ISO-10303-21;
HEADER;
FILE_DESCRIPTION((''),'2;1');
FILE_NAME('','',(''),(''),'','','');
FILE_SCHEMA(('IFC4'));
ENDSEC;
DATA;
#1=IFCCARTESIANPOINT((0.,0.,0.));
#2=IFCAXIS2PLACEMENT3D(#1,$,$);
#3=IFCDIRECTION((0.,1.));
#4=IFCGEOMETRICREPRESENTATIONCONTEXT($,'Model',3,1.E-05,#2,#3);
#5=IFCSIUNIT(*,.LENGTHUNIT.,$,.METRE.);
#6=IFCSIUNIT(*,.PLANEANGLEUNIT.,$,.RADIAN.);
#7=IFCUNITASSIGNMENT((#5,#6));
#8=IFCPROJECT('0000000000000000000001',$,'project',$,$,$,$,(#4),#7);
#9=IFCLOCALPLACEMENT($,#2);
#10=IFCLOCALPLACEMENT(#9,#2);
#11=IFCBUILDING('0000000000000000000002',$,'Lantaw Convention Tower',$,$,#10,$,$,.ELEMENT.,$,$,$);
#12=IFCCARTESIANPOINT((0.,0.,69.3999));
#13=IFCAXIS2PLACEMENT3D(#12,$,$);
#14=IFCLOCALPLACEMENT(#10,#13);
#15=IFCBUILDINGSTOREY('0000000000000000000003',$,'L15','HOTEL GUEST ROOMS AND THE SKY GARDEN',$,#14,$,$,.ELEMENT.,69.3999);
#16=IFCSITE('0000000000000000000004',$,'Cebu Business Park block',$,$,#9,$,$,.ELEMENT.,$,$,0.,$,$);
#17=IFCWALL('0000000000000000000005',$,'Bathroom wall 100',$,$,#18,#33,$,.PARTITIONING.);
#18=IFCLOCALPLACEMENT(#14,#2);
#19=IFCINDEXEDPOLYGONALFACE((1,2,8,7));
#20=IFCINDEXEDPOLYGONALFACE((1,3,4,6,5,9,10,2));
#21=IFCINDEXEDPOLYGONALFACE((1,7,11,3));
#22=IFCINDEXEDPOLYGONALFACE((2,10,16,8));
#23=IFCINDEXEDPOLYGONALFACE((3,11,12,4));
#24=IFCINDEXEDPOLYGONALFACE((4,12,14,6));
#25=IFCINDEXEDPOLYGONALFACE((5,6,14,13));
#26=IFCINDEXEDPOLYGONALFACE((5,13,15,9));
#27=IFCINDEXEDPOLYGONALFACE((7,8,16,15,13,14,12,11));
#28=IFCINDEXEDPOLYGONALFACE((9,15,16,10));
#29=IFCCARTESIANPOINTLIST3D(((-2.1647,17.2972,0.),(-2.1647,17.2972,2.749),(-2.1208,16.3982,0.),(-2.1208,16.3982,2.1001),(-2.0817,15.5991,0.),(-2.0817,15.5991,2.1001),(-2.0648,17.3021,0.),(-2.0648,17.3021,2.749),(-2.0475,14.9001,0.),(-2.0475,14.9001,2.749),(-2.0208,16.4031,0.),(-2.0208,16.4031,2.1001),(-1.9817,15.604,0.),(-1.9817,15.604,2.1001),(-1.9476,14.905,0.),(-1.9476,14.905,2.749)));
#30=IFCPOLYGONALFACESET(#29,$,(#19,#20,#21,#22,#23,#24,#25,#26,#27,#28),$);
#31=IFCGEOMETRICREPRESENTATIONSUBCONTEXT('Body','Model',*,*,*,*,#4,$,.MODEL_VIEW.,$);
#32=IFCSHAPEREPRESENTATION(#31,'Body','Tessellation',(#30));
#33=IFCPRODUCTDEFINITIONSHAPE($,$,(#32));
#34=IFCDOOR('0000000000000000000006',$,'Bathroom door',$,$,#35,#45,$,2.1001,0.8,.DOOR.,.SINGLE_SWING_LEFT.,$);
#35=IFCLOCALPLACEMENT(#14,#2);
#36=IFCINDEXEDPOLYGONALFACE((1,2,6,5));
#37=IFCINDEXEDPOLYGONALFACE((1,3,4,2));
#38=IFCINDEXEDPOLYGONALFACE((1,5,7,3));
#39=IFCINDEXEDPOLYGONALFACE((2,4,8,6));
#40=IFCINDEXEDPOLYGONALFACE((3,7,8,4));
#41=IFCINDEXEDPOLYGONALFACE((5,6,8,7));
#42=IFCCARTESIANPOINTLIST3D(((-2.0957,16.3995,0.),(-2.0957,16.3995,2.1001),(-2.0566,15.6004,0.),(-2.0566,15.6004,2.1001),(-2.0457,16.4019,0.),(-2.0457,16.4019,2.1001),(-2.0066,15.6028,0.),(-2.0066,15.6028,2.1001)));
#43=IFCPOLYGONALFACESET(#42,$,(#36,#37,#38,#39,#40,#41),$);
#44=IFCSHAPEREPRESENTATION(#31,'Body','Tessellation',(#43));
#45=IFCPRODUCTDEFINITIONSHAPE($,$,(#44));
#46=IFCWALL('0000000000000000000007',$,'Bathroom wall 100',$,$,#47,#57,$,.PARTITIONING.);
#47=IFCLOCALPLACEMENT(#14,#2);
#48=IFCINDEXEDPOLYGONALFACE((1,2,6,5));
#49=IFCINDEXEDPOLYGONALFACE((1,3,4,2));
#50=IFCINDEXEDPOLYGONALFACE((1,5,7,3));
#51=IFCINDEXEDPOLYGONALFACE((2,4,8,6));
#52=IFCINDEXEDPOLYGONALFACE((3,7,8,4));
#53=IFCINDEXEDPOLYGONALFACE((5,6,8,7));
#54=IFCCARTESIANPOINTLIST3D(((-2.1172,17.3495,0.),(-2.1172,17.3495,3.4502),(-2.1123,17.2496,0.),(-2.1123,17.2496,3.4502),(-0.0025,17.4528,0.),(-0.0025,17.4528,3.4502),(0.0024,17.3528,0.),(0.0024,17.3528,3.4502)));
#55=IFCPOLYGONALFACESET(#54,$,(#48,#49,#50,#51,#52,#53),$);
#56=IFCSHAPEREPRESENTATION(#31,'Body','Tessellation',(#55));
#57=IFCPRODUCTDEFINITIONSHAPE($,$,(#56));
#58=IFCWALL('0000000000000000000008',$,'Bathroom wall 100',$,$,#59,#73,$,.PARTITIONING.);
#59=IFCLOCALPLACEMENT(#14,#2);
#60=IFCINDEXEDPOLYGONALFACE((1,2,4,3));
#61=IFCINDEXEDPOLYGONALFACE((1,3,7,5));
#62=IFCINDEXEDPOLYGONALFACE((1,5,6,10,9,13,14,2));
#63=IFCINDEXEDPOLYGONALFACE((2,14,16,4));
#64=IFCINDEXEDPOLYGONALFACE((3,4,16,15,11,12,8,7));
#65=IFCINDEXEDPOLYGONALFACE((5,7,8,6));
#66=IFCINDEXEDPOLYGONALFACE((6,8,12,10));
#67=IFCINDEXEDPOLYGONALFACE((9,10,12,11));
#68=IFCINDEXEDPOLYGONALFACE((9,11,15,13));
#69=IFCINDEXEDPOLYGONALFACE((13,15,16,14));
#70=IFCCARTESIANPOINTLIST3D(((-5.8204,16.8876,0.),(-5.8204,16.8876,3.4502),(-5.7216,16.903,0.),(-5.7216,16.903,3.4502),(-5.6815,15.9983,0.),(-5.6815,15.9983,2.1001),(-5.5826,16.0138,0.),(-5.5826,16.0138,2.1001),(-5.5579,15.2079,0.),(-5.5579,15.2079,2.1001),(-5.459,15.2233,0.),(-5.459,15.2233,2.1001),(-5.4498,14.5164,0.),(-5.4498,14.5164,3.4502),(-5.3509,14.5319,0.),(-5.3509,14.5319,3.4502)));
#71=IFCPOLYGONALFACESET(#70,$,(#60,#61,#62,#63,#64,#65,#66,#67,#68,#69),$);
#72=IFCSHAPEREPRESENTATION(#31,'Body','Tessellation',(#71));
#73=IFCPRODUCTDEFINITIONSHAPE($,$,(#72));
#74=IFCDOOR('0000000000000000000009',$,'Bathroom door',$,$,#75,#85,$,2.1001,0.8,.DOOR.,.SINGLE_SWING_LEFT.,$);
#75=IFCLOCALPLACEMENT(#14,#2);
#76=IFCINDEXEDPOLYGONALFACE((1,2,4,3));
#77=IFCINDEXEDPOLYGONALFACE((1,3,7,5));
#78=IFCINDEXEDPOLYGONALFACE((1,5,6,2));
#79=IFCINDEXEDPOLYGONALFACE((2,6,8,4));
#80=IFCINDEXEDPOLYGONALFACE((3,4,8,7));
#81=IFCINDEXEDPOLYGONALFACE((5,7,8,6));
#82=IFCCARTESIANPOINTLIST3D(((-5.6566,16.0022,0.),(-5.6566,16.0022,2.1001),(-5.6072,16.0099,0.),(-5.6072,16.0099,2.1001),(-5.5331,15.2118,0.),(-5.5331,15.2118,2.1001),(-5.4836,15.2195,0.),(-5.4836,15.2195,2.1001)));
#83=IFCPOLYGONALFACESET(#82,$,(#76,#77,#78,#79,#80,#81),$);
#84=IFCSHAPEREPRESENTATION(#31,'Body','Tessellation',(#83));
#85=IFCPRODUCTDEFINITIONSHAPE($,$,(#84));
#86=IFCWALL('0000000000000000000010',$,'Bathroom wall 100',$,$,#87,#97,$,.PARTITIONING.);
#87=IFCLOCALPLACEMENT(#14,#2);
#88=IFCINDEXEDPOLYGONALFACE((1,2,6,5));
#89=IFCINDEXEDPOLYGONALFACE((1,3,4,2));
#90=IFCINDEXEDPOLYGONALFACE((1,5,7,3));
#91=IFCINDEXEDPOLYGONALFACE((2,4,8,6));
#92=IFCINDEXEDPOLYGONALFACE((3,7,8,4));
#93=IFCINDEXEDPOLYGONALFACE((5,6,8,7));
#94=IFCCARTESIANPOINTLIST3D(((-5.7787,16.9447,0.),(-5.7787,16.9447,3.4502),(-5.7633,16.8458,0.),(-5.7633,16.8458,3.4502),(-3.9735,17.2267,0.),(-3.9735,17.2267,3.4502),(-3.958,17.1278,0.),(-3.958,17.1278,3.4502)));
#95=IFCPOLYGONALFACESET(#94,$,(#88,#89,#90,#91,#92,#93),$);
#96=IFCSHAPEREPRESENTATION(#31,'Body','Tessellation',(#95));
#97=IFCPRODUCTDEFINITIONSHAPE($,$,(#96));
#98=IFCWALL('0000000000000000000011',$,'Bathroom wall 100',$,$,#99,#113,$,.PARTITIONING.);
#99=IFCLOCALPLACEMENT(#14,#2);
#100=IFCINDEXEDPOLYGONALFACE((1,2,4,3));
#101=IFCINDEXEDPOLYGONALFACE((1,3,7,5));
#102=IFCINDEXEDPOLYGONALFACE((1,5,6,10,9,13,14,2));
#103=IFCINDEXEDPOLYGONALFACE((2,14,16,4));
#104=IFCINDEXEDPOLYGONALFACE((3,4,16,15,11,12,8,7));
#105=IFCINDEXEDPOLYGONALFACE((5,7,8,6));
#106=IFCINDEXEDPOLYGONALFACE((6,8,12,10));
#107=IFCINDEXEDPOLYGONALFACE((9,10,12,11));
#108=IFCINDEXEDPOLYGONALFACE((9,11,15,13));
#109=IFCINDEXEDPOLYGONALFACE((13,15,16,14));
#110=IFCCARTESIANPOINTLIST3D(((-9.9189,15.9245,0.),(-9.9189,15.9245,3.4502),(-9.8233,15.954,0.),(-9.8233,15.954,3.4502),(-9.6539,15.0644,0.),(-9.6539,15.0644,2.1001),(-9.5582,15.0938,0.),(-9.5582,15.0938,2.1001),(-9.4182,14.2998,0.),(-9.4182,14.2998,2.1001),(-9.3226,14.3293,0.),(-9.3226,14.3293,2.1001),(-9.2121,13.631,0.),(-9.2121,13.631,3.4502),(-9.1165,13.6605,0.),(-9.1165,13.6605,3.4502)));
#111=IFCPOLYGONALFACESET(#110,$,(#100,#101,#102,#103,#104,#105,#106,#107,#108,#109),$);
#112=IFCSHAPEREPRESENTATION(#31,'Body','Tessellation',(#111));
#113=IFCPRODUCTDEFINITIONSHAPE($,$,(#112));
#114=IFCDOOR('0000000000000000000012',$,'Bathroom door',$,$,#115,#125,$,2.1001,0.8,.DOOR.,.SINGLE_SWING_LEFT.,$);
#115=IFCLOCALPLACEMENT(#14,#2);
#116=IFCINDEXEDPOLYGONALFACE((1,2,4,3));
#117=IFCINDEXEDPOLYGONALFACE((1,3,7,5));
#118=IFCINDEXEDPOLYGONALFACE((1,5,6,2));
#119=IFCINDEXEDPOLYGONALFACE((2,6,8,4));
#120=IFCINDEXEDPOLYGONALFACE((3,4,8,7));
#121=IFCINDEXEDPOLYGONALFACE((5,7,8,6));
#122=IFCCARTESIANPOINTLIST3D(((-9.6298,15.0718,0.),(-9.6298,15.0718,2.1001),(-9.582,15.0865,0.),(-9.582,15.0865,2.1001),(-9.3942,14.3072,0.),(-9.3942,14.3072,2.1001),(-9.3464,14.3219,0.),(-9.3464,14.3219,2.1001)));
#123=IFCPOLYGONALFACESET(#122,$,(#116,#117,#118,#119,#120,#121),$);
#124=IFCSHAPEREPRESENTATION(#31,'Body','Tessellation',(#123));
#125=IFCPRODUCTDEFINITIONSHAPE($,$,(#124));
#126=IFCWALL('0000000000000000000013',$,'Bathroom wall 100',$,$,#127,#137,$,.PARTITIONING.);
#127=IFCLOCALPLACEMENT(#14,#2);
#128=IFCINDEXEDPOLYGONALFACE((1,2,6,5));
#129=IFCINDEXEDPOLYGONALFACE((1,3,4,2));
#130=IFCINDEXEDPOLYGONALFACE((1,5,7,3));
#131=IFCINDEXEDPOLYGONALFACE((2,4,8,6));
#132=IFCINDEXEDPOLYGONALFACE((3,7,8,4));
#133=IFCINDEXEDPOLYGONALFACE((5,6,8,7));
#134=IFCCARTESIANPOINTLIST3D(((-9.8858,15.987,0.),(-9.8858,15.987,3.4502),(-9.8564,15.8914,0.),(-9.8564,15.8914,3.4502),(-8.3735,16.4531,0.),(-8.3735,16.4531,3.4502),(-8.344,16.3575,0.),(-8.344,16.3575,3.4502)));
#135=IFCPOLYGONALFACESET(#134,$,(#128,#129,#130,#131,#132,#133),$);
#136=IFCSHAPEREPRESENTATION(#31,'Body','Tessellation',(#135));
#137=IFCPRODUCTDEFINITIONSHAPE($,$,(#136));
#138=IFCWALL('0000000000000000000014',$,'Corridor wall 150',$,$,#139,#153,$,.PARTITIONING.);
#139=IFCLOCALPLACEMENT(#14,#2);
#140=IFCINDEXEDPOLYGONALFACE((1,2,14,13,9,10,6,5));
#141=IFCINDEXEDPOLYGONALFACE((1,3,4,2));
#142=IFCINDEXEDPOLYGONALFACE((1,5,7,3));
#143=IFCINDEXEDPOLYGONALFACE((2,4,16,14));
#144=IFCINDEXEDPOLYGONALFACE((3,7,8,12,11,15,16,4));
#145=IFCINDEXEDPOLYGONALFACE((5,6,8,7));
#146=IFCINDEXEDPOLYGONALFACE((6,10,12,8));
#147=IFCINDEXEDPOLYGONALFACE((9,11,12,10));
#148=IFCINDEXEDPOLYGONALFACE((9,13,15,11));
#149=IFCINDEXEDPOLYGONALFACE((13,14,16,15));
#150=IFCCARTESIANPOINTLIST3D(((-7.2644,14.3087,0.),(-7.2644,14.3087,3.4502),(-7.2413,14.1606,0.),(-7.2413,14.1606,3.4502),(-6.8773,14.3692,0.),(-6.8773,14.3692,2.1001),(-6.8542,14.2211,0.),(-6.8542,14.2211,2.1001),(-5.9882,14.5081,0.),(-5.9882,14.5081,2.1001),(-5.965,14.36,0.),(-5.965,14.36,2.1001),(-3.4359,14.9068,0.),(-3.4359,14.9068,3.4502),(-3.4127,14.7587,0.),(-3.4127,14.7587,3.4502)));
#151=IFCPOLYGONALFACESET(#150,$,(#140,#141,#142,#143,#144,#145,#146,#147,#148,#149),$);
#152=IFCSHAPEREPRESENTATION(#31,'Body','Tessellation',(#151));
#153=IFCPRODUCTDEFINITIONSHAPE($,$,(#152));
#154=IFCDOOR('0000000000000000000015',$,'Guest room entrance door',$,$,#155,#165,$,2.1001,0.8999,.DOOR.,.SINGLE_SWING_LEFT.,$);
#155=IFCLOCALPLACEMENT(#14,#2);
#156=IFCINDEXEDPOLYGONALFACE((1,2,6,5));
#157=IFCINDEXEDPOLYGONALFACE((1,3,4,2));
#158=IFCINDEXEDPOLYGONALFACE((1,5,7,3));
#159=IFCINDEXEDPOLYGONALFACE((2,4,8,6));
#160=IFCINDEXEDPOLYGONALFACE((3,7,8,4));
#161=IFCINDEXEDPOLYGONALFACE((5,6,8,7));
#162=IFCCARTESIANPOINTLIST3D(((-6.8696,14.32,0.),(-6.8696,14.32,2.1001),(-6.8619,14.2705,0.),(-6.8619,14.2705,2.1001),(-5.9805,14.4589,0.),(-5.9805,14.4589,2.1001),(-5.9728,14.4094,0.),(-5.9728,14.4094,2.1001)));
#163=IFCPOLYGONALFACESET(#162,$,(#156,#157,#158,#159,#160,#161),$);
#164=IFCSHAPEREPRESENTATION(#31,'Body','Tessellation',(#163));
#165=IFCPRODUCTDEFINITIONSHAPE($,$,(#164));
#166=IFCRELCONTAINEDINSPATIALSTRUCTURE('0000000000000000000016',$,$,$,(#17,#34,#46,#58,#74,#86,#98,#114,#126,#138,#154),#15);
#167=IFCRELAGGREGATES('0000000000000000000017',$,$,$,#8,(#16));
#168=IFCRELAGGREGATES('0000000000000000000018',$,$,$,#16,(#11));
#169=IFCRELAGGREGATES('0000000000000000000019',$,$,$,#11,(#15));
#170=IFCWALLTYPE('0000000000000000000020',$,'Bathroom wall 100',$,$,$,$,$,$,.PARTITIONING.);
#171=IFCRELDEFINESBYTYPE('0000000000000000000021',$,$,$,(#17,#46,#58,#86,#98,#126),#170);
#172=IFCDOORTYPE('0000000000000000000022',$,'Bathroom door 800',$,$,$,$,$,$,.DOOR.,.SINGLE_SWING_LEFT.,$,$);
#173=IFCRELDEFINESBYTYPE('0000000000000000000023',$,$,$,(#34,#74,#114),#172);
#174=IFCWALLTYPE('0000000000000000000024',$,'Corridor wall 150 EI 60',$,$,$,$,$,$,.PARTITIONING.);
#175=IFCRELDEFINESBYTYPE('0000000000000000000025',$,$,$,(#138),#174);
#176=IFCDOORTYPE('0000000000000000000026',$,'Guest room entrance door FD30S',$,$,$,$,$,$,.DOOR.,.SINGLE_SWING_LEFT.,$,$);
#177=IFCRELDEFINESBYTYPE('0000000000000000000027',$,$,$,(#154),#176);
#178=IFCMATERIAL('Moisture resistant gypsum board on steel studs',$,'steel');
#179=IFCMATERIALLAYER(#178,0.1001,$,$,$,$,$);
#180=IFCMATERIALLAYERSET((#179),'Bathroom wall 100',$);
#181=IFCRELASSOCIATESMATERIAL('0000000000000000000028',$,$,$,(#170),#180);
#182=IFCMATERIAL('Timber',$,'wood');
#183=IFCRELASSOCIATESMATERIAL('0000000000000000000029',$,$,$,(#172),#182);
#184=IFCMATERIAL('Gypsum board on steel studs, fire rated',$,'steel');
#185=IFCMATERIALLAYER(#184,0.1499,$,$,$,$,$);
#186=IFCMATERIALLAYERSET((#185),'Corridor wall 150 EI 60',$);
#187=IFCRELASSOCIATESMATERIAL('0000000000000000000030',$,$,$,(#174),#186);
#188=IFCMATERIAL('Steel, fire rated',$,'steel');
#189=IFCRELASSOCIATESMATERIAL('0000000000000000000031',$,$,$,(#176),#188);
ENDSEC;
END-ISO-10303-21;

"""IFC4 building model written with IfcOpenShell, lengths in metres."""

from ifc_helpers import new_model, si_unit, direction, frame, frame_2d, origin, place, context, subcontext, project, spatial, rectangle, extrude, material, layer, layer_set, type_object, element, fill, save


model = new_model("IFC4")

# Units and contexts
model_context = context("Model", 3, precision=1e-05, world=origin(), true_north=direction((0.0, 1.0)))
body_context = subcontext(model_context, "Body", "Model", "MODEL_VIEW")
ifc_project = project(units=[si_unit("LENGTHUNIT", "METRE"), si_unit("PLANEANGLEUNIT", "RADIAN")], contexts=[model_context])

# Site, building, storey
site_placement = place(None, origin())
site = spatial("IfcSite", under=ifc_project, at=site_placement, Name="Cebu Business Park block", CompositionType="ELEMENT", RefElevation=0.0)
building_placement = place(site_placement, origin())
building = spatial("IfcBuilding", under=site, at=building_placement, Name="Lantaw Convention Tower", CompositionType="ELEMENT")
storey_placement = place(building_placement, frame((0.0, 0.0, 69.3999)))
storey = spatial("IfcBuildingStorey", under=building, at=storey_placement, Name="L15", Description="HOTEL GUEST ROOMS AND THE SKY GARDEN", CompositionType="ELEMENT", Elevation=69.3999)

# Wall, opening, door
ifc_material_1 = material(Name="Moisture resistant gypsum board on steel studs", Category="steel")
ifc_layer_1 = layer(ifc_material_1, 0.1001)
ifc_layer_set_1 = layer_set([ifc_layer_1], Name="Bathroom wall 100")
wall_type_1 = type_object("IfcWallType", Name="Bathroom wall 100", PredefinedType="PARTITIONING", material=ifc_layer_set_1)
wall_1_placement = place(storey_placement, frame((-1.9976, 14.9026, 0.0), z_axis=(0.0, 0.0, 1.0), x_axis=(-0.048831, 0.998807, 0.0)))
wall_1 = element("IfcWall", 1, at=wall_1_placement, inside=storey, type_object=wall_type_1, Name="Bathroom wall 100", PredefinedType="PARTITIONING", context=body_context, shape_type="SweptSolid", body=[
    extrude(rectangle(XDim=2.3999, YDim=0.1001, at=frame_2d((1.2, 0.0))), origin(), (0.0, 0.0, 1.0), 2.749),
])
opening_1_placement = place(wall_1_placement, frame((0.7, 0.0, 0.0)))
opening_1 = element("IfcOpeningElement", 2, at=opening_1_placement, cuts=wall_1, PredefinedType="OPENING", context=body_context, shape_type="SweptSolid", body=[
    extrude(rectangle(XDim=0.8, YDim=2.1001, at=frame_2d((0.3999, 1.05))), frame((0.0, 0.0601, 0.0), z_axis=(0.0, -1.0, 0.0), x_axis=(1.0, 0.0, 0.0)), (0.0, 0.0, 1.0), 0.1201),
])
ifc_material_2 = material(Name="Timber", Category="wood")
door_type_1 = type_object("IfcDoorType", Name="Bathroom door 800", OperationType="SINGLE_SWING_LEFT", PredefinedType="DOOR", material=ifc_material_2)
door_1_placement = place(opening_1_placement, origin())
door_1 = element("IfcDoor", 3, at=door_1_placement, inside=storey, type_object=door_type_1, Name="Bathroom door", OperationType="SINGLE_SWING_LEFT", OverallHeight=2.1001, OverallWidth=0.8, PredefinedType="DOOR", context=body_context, shape_type="SweptSolid", body=[
    extrude(rectangle(XDim=0.8, YDim=2.1001, at=frame_2d((0.3999, 1.05))), frame((0.0, 0.0249, 0.0), z_axis=(0.0, -1.0, 0.0), x_axis=(1.0, 0.0, 0.0)), (0.0, 0.0, 1.0), 0.05),
])
fill(opening_1, door_1)

# Wall
wall_2_placement = place(storey_placement, frame((-2.1147, 17.2996, 0.0), z_axis=(0.0, 0.0, 1.0), x_axis=(0.99881, 0.048776, 0.0)))
element("IfcWall", 4, at=wall_2_placement, inside=storey, type_object=wall_type_1, Name="Bathroom wall 100", PredefinedType="PARTITIONING", context=body_context, shape_type="SweptSolid", body=[
    extrude(rectangle(XDim=2.1172, YDim=0.1001, at=frame_2d((1.0586, 0.0))), origin(), (0.0, 0.0, 1.0), 3.4502),
])

# Wall, opening, door
wall_3_placement = place(storey_placement, frame((-5.4004, 14.5242, 0.0), z_axis=(0.0, 0.0, 1.0), x_axis=(-0.154427, 0.988004, 0.0)))
wall_3 = element("IfcWall", 5, at=wall_3_placement, inside=storey, type_object=wall_type_1, Name="Bathroom wall 100", PredefinedType="PARTITIONING", context=body_context, shape_type="SweptSolid", body=[
    extrude(rectangle(XDim=2.3999, YDim=0.1001, at=frame_2d((1.2, 0.0))), origin(), (0.0, 0.0, 1.0), 3.4502),
])
opening_2_placement = place(wall_3_placement, frame((0.7, 0.0, 0.0)))
opening_2 = element("IfcOpeningElement", 6, at=opening_2_placement, cuts=wall_3, PredefinedType="OPENING", context=body_context, shape_type="SweptSolid", body=[
    extrude(rectangle(XDim=0.8, YDim=2.1001, at=frame_2d((0.3999, 1.05))), frame((0.0, 0.0601, 0.0), z_axis=(0.0, -1.0, 0.0), x_axis=(1.0, 0.0, 0.0)), (0.0, 0.0, 1.0), 0.1201),
])
door_2_placement = place(opening_2_placement, origin())
door_2 = element("IfcDoor", 7, at=door_2_placement, inside=storey, type_object=door_type_1, Name="Bathroom door", OperationType="SINGLE_SWING_LEFT", OverallHeight=2.1001, OverallWidth=0.8, PredefinedType="DOOR", context=body_context, shape_type="SweptSolid", body=[
    extrude(rectangle(XDim=0.8, YDim=2.1001, at=frame_2d((0.3999, 1.05))), frame((0.0, 0.0249, 0.0), z_axis=(0.0, -1.0, 0.0), x_axis=(1.0, 0.0, 0.0)), (0.0, 0.0, 1.0), 0.05),
])
fill(opening_2, door_2)

# Wall
wall_4_placement = place(storey_placement, frame((-5.771, 16.8953, 0.0), z_axis=(0.0, 0.0, 1.0), x_axis=(0.988018, 0.154336, 0.0)))
element("IfcWall", 8, at=wall_4_placement, inside=storey, type_object=wall_type_1, Name="Bathroom wall 100", PredefinedType="PARTITIONING", context=body_context, shape_type="SweptSolid", body=[
    extrude(rectangle(XDim=1.8271, YDim=0.1001, at=frame_2d((0.9136, 0.0))), origin(), (0.0, 0.0, 1.0), 3.4502),
])

# Wall, opening, door
wall_5_placement = place(storey_placement, frame((-9.1643, 13.6458, 0.0), z_axis=(0.0, 0.0, 1.0), x_axis=(-0.294508, 0.955649, 0.0)))
wall_5 = element("IfcWall", 9, at=wall_5_placement, inside=storey, type_object=wall_type_1, Name="Bathroom wall 100", PredefinedType="PARTITIONING", context=body_context, shape_type="SweptSolid", body=[
    extrude(rectangle(XDim=2.3999, YDim=0.1001, at=frame_2d((1.2, 0.0))), origin(), (0.0, 0.0, 1.0), 3.4502),
])
opening_3_placement = place(wall_5_placement, frame((0.7, 0.0, 0.0)))
opening_3 = element("IfcOpeningElement", 10, at=opening_3_placement, cuts=wall_5, PredefinedType="OPENING", context=body_context, shape_type="SweptSolid", body=[
    extrude(rectangle(XDim=0.8, YDim=2.1001, at=frame_2d((0.3999, 1.05))), frame((0.0, 0.0601, 0.0), z_axis=(0.0, -1.0, 0.0), x_axis=(1.0, 0.0, 0.0)), (0.0, 0.0, 1.0), 0.1201),
])
door_3_placement = place(opening_3_placement, origin())
door_3 = element("IfcDoor", 11, at=door_3_placement, inside=storey, type_object=door_type_1, Name="Bathroom door", OperationType="SINGLE_SWING_LEFT", OverallHeight=2.1001, OverallWidth=0.8, PredefinedType="DOOR", context=body_context, shape_type="SweptSolid", body=[
    extrude(rectangle(XDim=0.8, YDim=2.1001, at=frame_2d((0.3999, 1.05))), frame((0.0, 0.0249, 0.0), z_axis=(0.0, -1.0, 0.0), x_axis=(1.0, 0.0, 0.0)), (0.0, 0.0, 1.0), 0.05),
])
fill(opening_3, door_3)

# Wall
wall_6_placement = place(storey_placement, frame((-9.8711, 15.9392, 0.0), z_axis=(0.0, 0.0, 1.0), x_axis=(0.955642, 0.29453, 0.0)))
element("IfcWall", 12, at=wall_6_placement, inside=storey, type_object=wall_type_1, Name="Bathroom wall 100", PredefinedType="PARTITIONING", context=body_context, shape_type="SweptSolid", body=[
    extrude(rectangle(XDim=1.5825, YDim=0.1001, at=frame_2d((0.7913, 0.0))), origin(), (0.0, 0.0, 1.0), 3.4502),
])

# Wall, opening, door
ifc_material_3 = material(Name="Gypsum board on steel studs, fire rated", Category="steel")
ifc_layer_2 = layer(ifc_material_3, 0.1499)
ifc_layer_set_2 = layer_set([ifc_layer_2], Name="Corridor wall 150 EI 60")
wall_type_2 = type_object("IfcWallType", Name="Corridor wall 150 EI 60", PredefinedType="PARTITIONING", material=ifc_layer_set_2)
wall_7_placement = place(storey_placement, frame((-3.4243, 14.8328, 0.0), z_axis=(0.0, 0.0, 1.0), x_axis=(-0.988015, -0.154358, 0.0)))
wall_7 = element("IfcWall", 13, at=wall_7_placement, inside=storey, type_object=wall_type_2, Name="Corridor wall 150", PredefinedType="PARTITIONING", context=body_context, shape_type="SweptSolid", body=[
    extrude(rectangle(XDim=3.875, YDim=0.1499, at=frame_2d((1.9375, 0.0))), origin(), (0.0, 0.0, 1.0), 3.4502),
])
opening_4_placement = place(wall_7_placement, frame((2.5833, 0.0, 0.0)))
opening_4 = element("IfcOpeningElement", 14, at=opening_4_placement, cuts=wall_7, PredefinedType="OPENING", context=body_context, shape_type="SweptSolid", body=[
    extrude(rectangle(XDim=0.8999, YDim=2.1001, at=frame_2d((0.45, 1.05))), frame((0.0, 0.085, 0.0), z_axis=(0.0, -1.0, 0.0), x_axis=(1.0, 0.0, 0.0)), (0.0, 0.0, 1.0), 0.1699),
])
ifc_material_4 = material(Name="Steel, fire rated", Category="steel")
door_type_2 = type_object("IfcDoorType", Name="Guest room entrance door FD30S", OperationType="SINGLE_SWING_LEFT", PredefinedType="DOOR", material=ifc_material_4)
door_4_placement = place(opening_4_placement, origin())
door_4 = element("IfcDoor", 15, at=door_4_placement, inside=storey, type_object=door_type_2, Name="Guest room entrance door", OperationType="SINGLE_SWING_LEFT", OverallHeight=2.1001, OverallWidth=0.8999, PredefinedType="DOOR", context=body_context, shape_type="SweptSolid", body=[
    extrude(rectangle(XDim=0.8999, YDim=2.1001, at=frame_2d((0.45, 1.05))), frame((0.0, 0.0249, 0.0), z_axis=(0.0, -1.0, 0.0), x_axis=(1.0, 0.0, 0.0)), (0.0, 0.0, 1.0), 0.05),
])
fill(opening_4, door_4)

save(model, "model.ifc")
